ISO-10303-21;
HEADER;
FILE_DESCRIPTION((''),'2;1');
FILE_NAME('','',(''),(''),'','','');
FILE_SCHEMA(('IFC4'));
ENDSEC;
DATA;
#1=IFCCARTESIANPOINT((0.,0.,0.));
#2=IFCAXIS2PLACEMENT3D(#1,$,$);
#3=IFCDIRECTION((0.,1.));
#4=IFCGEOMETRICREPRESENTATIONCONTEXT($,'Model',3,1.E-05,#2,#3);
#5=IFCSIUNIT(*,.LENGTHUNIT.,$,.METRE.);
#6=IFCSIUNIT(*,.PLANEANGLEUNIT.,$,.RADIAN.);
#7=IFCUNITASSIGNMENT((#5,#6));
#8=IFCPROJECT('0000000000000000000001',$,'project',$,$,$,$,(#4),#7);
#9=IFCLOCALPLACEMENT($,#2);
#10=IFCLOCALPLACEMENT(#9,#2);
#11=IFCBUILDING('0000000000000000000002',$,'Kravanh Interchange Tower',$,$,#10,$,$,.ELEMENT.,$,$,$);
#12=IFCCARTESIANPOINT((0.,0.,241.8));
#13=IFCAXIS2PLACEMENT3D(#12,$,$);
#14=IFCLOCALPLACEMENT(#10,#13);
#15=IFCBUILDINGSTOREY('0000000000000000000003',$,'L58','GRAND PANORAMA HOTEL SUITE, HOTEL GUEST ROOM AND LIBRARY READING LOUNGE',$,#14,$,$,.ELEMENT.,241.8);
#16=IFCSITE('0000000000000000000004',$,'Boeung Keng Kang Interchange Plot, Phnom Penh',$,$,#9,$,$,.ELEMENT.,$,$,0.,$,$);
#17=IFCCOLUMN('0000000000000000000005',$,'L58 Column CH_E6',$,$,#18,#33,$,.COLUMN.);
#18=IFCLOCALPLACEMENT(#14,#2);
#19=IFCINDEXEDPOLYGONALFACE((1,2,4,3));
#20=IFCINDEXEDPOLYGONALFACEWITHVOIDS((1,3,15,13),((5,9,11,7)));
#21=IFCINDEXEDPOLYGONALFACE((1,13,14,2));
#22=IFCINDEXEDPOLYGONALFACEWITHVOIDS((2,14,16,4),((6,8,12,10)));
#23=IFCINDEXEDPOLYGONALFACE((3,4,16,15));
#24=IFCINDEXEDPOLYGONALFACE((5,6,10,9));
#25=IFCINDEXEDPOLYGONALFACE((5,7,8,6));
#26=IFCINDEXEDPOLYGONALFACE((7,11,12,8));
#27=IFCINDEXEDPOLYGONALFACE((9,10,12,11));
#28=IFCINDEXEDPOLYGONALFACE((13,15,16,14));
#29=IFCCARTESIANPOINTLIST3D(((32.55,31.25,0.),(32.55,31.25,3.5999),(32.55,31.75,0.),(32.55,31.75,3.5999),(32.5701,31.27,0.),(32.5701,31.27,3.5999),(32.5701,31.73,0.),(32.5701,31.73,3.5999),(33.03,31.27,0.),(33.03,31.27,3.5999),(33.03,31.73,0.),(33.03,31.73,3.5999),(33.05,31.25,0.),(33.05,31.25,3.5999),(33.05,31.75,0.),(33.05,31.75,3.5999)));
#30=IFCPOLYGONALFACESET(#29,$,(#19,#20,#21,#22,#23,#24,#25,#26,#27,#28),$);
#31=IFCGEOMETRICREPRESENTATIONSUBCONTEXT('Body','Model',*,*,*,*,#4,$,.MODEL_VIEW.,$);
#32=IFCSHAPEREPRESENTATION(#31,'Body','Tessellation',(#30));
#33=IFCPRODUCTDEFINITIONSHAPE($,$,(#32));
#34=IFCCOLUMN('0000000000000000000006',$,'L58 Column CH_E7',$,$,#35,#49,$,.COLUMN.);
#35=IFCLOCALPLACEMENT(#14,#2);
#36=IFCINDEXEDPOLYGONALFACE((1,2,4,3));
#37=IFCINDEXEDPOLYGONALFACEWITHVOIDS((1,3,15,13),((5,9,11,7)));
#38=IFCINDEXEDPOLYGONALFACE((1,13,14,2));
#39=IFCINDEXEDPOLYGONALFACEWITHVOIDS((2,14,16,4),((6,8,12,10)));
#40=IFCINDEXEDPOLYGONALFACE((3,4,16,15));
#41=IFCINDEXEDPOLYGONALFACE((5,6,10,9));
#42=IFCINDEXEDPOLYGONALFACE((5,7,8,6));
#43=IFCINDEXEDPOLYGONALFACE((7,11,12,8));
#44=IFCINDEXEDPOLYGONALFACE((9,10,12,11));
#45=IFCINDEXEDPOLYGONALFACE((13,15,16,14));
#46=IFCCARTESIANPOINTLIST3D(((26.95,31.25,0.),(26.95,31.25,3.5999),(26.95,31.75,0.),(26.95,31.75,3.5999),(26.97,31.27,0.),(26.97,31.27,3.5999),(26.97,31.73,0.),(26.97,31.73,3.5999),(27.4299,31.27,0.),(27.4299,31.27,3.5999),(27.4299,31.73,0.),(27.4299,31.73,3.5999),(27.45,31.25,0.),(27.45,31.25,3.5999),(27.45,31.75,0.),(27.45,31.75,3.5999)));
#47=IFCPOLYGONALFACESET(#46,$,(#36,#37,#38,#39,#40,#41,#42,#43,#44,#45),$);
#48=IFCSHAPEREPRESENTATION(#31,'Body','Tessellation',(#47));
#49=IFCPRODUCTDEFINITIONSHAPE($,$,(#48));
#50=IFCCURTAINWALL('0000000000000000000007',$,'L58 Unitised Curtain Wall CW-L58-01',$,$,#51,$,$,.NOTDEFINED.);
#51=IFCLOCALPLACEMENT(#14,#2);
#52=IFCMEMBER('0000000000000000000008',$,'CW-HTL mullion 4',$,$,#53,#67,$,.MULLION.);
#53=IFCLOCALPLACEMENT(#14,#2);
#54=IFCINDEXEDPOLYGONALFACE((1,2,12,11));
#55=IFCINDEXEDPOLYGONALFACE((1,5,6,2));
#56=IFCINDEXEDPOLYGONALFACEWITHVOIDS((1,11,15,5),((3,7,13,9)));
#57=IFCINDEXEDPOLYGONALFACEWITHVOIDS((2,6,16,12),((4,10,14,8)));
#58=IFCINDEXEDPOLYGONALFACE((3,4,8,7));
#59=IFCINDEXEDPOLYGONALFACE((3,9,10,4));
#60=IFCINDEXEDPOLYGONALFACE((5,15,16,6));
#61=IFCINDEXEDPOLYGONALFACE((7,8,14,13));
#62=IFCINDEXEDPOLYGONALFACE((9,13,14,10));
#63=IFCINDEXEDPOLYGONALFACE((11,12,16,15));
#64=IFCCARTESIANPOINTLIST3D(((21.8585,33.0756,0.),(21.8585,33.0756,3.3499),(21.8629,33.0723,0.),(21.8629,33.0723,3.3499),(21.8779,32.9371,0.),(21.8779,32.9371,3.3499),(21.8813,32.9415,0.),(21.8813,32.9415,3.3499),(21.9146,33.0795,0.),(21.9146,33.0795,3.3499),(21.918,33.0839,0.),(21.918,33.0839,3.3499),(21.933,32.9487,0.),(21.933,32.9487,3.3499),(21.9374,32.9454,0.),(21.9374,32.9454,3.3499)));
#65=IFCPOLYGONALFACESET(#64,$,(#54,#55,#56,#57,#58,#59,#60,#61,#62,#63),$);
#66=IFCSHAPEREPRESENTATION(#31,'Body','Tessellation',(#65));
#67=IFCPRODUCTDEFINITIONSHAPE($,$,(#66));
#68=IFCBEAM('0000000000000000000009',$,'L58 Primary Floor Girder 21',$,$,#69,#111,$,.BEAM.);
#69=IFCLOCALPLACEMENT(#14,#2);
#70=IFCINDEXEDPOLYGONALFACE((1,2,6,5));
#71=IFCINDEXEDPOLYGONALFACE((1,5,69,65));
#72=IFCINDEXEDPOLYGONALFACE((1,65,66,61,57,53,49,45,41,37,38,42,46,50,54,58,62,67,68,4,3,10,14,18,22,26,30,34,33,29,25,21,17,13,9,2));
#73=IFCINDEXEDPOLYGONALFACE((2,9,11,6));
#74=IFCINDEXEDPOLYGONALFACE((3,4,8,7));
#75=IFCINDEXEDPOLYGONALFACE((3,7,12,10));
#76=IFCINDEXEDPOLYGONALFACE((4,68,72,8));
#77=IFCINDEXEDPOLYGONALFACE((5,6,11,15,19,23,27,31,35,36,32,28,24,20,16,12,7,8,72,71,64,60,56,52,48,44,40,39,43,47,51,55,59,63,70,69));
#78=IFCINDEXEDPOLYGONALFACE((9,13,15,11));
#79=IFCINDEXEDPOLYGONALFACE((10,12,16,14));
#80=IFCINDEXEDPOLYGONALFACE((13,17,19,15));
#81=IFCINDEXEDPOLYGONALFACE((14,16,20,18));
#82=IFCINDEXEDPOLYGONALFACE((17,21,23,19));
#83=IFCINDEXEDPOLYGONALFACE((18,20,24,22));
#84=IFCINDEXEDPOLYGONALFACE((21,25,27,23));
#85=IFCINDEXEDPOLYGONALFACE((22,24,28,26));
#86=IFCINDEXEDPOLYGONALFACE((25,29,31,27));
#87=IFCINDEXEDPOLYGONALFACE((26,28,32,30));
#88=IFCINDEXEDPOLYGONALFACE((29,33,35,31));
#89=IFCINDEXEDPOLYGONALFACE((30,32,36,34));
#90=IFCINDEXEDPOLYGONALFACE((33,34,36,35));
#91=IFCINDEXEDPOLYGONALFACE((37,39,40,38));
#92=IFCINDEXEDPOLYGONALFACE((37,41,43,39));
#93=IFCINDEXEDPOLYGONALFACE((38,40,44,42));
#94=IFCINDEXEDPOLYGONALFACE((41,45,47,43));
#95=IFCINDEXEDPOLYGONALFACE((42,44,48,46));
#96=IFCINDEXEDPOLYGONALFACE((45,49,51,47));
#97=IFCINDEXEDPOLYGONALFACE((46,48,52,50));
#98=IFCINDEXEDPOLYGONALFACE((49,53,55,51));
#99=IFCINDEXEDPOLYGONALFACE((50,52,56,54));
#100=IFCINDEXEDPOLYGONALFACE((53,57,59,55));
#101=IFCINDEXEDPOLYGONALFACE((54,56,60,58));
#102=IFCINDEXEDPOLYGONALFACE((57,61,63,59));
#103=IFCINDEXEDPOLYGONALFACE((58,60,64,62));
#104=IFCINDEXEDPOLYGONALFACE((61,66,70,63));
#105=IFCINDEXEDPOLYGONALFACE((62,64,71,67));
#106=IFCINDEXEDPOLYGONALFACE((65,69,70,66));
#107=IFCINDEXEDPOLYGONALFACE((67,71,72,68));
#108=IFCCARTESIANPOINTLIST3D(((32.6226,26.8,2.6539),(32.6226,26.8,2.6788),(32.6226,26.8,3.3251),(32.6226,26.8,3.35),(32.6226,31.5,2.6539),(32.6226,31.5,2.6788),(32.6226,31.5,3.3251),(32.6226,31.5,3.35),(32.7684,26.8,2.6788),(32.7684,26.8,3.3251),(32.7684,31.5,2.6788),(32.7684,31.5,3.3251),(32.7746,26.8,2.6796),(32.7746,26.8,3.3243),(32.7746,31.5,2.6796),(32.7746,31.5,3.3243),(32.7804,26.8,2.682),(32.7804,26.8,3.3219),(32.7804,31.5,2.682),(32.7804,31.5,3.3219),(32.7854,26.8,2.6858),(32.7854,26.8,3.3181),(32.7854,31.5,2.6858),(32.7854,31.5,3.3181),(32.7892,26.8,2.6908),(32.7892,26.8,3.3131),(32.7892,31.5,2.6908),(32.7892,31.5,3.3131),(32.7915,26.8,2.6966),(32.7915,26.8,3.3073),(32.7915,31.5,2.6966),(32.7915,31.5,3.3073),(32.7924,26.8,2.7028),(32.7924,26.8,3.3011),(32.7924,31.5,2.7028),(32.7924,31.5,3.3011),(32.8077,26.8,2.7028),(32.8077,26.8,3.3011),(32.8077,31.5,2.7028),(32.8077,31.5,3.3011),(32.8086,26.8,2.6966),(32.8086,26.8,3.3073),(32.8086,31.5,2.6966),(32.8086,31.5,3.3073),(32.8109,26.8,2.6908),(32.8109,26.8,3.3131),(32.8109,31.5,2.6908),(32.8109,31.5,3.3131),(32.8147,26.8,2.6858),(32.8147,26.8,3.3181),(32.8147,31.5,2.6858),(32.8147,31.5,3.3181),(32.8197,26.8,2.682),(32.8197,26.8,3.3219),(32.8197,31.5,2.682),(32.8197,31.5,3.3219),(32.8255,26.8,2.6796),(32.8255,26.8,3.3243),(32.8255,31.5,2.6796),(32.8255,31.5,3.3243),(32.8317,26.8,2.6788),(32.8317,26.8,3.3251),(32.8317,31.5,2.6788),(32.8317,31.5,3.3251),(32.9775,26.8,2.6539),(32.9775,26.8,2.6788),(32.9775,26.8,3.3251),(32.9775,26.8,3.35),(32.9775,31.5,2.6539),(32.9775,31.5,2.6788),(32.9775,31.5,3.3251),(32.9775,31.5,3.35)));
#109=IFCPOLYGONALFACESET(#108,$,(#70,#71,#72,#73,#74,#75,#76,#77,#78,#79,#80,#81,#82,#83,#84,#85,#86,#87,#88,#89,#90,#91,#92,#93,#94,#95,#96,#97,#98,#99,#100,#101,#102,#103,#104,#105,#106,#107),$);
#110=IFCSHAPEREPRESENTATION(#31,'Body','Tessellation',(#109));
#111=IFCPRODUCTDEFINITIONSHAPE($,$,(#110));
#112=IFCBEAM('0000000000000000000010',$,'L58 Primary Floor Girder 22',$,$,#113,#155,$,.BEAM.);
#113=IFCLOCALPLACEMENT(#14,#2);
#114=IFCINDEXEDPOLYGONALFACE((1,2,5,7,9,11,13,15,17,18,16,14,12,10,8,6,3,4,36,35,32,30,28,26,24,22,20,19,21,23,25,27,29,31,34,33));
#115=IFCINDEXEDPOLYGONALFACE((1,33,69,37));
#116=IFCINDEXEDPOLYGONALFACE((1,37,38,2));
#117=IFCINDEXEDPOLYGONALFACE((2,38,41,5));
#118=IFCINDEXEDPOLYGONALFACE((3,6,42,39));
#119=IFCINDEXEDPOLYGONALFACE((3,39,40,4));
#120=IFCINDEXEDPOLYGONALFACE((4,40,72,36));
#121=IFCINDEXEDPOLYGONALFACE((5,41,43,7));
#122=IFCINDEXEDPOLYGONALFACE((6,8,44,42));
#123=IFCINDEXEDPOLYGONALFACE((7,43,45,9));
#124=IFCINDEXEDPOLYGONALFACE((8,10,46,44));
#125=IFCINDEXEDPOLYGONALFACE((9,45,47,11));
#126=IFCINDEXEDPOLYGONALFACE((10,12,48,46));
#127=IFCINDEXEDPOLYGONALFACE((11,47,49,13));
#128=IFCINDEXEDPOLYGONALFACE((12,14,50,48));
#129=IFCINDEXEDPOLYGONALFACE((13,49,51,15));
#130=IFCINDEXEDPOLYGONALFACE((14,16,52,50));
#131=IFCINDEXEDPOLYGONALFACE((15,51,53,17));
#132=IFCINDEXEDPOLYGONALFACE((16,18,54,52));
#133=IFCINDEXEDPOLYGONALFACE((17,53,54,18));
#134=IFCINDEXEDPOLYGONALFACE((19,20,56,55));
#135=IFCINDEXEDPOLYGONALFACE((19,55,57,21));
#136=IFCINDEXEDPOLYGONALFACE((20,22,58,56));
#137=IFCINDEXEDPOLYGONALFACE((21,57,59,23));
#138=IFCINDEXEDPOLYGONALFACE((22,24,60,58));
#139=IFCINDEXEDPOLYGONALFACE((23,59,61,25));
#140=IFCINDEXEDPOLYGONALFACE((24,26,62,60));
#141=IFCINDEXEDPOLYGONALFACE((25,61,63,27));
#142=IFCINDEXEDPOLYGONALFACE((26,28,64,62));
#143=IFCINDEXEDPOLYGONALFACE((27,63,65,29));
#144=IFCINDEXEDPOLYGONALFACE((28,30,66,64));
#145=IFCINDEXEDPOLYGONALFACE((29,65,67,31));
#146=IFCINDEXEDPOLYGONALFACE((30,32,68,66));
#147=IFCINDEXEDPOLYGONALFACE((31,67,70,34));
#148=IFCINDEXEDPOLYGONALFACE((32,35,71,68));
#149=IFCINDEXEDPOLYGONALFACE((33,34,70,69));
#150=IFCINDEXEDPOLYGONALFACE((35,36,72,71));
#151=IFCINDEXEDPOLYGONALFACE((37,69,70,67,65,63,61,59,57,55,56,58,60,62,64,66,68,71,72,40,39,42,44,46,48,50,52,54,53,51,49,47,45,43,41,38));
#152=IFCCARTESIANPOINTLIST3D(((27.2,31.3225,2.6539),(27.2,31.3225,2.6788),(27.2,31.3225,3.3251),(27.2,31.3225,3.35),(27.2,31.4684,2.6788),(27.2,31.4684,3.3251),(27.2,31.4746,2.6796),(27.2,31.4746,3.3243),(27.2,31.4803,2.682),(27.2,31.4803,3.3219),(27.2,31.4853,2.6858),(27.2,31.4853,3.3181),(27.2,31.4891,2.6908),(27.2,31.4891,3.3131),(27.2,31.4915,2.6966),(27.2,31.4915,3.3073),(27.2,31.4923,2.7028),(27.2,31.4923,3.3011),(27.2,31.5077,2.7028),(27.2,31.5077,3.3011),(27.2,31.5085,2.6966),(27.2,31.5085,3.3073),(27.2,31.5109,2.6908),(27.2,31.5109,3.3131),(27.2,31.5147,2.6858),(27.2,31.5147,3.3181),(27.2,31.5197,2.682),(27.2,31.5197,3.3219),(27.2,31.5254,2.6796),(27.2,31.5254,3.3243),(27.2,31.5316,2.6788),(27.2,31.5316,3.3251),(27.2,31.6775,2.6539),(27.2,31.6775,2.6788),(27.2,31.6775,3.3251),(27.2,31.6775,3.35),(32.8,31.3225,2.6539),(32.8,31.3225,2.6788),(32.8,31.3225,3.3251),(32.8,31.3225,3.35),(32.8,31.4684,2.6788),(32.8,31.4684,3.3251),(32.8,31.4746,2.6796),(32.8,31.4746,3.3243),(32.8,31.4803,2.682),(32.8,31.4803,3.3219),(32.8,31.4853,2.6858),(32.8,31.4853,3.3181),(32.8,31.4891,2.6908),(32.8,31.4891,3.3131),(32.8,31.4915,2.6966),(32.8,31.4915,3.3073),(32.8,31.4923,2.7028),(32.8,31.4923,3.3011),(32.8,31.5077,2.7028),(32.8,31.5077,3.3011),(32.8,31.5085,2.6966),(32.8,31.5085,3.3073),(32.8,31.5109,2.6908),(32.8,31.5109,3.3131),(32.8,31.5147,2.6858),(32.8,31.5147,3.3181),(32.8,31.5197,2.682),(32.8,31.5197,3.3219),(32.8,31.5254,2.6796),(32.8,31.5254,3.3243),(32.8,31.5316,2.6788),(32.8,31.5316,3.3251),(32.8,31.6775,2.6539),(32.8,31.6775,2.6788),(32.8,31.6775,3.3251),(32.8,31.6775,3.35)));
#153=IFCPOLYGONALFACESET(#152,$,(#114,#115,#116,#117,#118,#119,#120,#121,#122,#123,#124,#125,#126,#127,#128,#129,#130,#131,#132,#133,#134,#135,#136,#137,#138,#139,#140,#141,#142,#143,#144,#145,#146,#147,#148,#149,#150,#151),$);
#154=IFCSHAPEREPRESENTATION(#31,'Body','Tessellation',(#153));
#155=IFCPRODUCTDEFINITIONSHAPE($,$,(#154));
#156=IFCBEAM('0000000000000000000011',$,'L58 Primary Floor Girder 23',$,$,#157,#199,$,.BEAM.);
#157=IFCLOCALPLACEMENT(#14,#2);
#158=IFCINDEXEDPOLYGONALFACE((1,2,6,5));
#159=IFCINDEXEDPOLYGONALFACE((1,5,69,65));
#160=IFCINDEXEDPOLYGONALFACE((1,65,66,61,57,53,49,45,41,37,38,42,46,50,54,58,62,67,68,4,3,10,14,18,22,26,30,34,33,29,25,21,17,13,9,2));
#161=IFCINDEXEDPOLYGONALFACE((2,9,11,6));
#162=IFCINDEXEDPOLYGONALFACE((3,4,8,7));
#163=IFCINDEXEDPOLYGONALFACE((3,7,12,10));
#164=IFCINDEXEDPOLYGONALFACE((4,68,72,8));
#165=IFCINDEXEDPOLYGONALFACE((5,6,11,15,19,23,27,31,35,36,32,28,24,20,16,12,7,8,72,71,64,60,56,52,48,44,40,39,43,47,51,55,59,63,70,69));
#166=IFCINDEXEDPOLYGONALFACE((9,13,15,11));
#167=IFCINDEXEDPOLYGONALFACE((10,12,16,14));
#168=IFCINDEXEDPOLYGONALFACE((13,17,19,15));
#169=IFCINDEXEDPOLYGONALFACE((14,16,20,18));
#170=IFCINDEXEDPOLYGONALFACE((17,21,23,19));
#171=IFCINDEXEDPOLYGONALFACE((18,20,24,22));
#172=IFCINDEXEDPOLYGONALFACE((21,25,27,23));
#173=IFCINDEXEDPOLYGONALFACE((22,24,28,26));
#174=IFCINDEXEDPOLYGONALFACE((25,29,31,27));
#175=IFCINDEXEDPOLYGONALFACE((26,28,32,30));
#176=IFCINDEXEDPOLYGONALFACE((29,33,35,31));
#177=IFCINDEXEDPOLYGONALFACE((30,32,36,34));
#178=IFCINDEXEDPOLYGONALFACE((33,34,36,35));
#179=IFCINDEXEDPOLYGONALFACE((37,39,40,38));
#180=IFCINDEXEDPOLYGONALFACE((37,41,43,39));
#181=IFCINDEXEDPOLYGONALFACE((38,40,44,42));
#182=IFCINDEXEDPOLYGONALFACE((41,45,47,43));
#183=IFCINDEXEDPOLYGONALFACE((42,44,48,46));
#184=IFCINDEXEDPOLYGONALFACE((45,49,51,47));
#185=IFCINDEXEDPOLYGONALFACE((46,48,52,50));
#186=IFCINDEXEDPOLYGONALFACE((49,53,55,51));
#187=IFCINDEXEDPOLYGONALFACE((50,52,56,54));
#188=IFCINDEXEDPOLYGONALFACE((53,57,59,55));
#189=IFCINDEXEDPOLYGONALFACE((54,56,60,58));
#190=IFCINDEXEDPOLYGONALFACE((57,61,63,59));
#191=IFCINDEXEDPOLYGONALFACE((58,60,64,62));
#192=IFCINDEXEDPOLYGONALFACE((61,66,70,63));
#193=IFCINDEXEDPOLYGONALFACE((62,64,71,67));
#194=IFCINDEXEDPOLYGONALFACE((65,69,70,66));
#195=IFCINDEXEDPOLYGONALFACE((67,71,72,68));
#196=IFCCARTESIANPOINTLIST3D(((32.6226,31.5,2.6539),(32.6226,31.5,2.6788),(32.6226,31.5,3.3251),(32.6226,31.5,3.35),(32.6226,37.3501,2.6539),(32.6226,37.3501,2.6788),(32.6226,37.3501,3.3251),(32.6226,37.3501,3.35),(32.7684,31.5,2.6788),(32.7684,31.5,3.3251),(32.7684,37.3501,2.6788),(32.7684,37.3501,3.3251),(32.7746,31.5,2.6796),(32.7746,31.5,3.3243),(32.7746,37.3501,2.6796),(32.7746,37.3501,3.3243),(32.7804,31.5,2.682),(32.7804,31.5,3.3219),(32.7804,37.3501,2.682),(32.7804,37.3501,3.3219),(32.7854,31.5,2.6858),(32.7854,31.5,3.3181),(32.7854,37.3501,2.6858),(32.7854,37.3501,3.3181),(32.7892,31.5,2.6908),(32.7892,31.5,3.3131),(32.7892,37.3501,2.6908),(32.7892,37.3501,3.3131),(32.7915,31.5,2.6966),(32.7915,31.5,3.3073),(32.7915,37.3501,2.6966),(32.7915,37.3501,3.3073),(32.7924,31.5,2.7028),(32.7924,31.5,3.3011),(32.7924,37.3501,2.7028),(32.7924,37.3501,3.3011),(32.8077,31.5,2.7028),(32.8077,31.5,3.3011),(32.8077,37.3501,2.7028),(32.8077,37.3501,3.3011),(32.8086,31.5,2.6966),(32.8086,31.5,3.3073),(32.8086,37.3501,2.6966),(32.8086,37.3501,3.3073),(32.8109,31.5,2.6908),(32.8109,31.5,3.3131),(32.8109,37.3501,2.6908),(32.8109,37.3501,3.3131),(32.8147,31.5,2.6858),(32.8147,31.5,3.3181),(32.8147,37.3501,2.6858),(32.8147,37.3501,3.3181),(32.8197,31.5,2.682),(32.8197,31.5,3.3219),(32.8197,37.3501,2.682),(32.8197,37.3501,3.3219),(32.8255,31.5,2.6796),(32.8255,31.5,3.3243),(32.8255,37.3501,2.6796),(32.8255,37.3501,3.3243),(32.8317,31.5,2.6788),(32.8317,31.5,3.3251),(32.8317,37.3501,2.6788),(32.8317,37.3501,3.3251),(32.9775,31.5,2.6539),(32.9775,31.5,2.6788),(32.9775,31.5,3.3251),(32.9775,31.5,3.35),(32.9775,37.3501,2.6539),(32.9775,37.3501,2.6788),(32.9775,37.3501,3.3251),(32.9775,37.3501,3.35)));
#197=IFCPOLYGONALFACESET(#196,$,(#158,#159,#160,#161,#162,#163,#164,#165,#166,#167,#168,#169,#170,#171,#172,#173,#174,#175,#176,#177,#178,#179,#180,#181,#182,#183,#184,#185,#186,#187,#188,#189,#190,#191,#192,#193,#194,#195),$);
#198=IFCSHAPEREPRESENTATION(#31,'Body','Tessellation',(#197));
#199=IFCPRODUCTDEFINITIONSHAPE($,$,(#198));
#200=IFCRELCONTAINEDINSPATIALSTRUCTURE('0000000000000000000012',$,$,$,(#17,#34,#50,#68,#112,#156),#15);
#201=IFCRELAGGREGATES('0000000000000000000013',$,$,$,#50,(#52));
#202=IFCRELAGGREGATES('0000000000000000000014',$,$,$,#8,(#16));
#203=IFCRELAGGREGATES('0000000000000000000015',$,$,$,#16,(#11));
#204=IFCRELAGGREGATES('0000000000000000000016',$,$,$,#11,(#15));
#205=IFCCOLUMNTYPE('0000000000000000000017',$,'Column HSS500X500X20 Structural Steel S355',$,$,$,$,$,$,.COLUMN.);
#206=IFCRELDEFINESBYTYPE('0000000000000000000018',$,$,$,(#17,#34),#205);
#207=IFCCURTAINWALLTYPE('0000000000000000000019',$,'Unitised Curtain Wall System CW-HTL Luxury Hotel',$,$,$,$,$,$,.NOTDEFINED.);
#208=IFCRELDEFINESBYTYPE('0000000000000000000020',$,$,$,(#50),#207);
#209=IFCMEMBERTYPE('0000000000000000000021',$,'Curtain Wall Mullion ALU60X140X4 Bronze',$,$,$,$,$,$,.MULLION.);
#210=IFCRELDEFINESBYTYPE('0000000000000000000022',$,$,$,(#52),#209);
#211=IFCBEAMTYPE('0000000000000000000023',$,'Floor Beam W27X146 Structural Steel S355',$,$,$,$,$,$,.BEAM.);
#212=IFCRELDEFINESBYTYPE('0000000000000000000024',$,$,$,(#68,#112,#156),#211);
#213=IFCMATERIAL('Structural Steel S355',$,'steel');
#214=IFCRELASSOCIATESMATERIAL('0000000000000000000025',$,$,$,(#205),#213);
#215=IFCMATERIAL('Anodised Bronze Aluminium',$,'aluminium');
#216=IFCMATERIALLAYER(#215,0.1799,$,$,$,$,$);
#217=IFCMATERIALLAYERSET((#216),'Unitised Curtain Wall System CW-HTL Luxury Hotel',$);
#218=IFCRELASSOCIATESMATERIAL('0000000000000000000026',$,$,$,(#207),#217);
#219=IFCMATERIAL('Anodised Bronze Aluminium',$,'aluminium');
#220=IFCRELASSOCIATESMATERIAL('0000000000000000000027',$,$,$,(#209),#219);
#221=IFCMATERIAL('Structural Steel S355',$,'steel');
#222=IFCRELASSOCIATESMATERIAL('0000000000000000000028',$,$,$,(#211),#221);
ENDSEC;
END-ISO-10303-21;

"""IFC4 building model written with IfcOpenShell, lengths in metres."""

from ifc_helpers import new_model, si_unit, direction, frame, origin, origin_2d, place, context, subcontext, project, spatial, hollow_rectangle, i_section, extrude, material, layer, layer_set, material_profile, profile_set, type_object, element, aggregate, save


model = new_model("IFC4")

# Units and contexts
model_context = context("Model", 3, precision=1e-05, world=origin(), true_north=direction((0.0, 1.0)))
body_context = subcontext(model_context, "Body", "Model", "MODEL_VIEW")
ifc_project = project(units=[si_unit("LENGTHUNIT", "METRE"), si_unit("PLANEANGLEUNIT", "RADIAN")], contexts=[model_context])

# Site, building, storey
site_placement = place(None, origin())
site = spatial("IfcSite", under=ifc_project, at=site_placement, Name="Boeung Keng Kang Interchange Plot, Phnom Penh", CompositionType="ELEMENT", RefElevation=0.0)
building_placement = place(site_placement, origin())
building = spatial("IfcBuilding", under=site, at=building_placement, Name="Kravanh Interchange Tower", CompositionType="ELEMENT")
storey_placement = place(building_placement, frame((0.0, 0.0, 241.8)))
storey = spatial("IfcBuildingStorey", under=building, at=storey_placement, Name="L58", Description="GRAND PANORAMA HOTEL SUITE, HOTEL GUEST ROOM AND LIBRARY READING LOUNGE", CompositionType="ELEMENT", Elevation=241.8)

# Columns
ifc_material_1 = material(Name="Structural Steel S355", Category="steel")
ifc_material_profile_1 = material_profile(ifc_material_1, hollow_rectangle(XDim=0.5, YDim=0.5, WallThickness=0.02, at=origin_2d()), Name="HSS500X500X20")
ifc_profile_set_1 = profile_set([ifc_material_profile_1], Name="Structural Steel S355")
column_type = type_object("IfcColumnType", Name="Column HSS500X500X20 Structural Steel S355", PredefinedType="COLUMN", material=ifc_profile_set_1)
for number, where, z_axis, x_axis, name in (
    (1, (32.8, 31.5, 0.0), (0.0, 0.0, 1.0), (1.0, 0.0, 0.0), "L58 Column CH_E6"),
    (2, (27.2, 31.5, 0.0), (0.0, 0.0, 1.0), (1.0, 0.0, 0.0), "L58 Column CH_E7"),
):
    element("IfcColumn", number, at=place(storey_placement, frame(where, z_axis=z_axis, x_axis=x_axis)), inside=storey, type_object=column_type, Name=name, PredefinedType="COLUMN", context=body_context, shape_type="SweptSolid", body=[
        extrude(hollow_rectangle(XDim=0.5, YDim=0.5, WallThickness=0.02, at=origin_2d()), origin(), (0.0, 0.0, 1.0), 3.5999),
    ])

# Curtain wall, member
ifc_material_2 = material(Name="Anodised Bronze Aluminium", Category="aluminium")
ifc_layer_1 = layer(ifc_material_2, 0.1799)
ifc_layer_set_1 = layer_set([ifc_layer_1], Name="Unitised Curtain Wall System CW-HTL Luxury Hotel")
curtain_wall_type = type_object("IfcCurtainWallType", Name="Unitised Curtain Wall System CW-HTL Luxury Hotel", PredefinedType="NOTDEFINED", material=ifc_layer_set_1)
curtain_wall_placement = place(storey_placement, origin())
curtain_wall = element("IfcCurtainWall", 3, at=curtain_wall_placement, inside=storey, type_object=curtain_wall_type, Name="L58 Unitised Curtain Wall CW-L58-01", PredefinedType="NOTDEFINED")
ifc_material_3 = material(Name="Anodised Bronze Aluminium", Category="aluminium")
ifc_material_profile_2 = material_profile(ifc_material_3, hollow_rectangle(XDim=0.0601, YDim=0.1399, WallThickness=0.0039, at=origin_2d()), Name="ALU60X140X4")
ifc_profile_set_2 = profile_set([ifc_material_profile_2], Name="Anodised Bronze Aluminium")
member_type = type_object("IfcMemberType", Name="Curtain Wall Mullion ALU60X140X4 Bronze", PredefinedType="MULLION", material=ifc_profile_set_2)
member_placement = place(storey_placement, frame((21.8979, 33.0105, 0.0), z_axis=(0.0, 0.0, 1.0), x_axis=(-0.990268, -0.139176, 0.0)))
member = element("IfcMember", 4, at=member_placement, type_object=member_type, Name="CW-HTL mullion 4", PredefinedType="MULLION", context=body_context, shape_type="SweptSolid", body=[
    extrude(hollow_rectangle(XDim=0.0601, YDim=0.1399, WallThickness=0.0039, at=origin_2d()), origin(), (0.0, 0.0, 1.0), 3.3499),
])

# Beams
ifc_material_4 = material(Name="Structural Steel S355", Category="steel")
ifc_material_profile_3 = material_profile(ifc_material_4, i_section(OverallWidth=0.355, OverallDepth=0.696, WebThickness=0.0154, FlangeThickness=0.0249, FilletRadius=0.0239, at=origin_2d()), Name="W27X146")
ifc_profile_set_3 = profile_set([ifc_material_profile_3], Name="Structural Steel S355")
beam_type_1 = type_object("IfcBeamType", Name="Floor Beam W27X146 Structural Steel S355", PredefinedType="BEAM", material=ifc_profile_set_3)
beam_1_placement = place(storey_placement, frame((32.8, 31.5, 3.002), z_axis=(0.0, -1.0, 0.0), x_axis=(1.0, 0.0, 0.0)))
element("IfcBeam", 5, at=beam_1_placement, inside=storey, type_object=beam_type_1, Name="L58 Primary Floor Girder 21", PredefinedType="BEAM", context=body_context, shape_type="SweptSolid", body=[
    extrude(i_section(OverallWidth=0.355, OverallDepth=0.696, WebThickness=0.0154, FlangeThickness=0.0249, FilletRadius=0.0239, at=origin_2d()), origin(), (0.0, 0.0, 1.0), 4.7),
])
beam_2_placement = place(storey_placement, frame((32.8, 31.5, 3.002), z_axis=(-1.0, 0.0, 0.0), x_axis=(0.0, -1.0, 0.0)))
element("IfcBeam", 6, at=beam_2_placement, inside=storey, type_object=beam_type_1, Name="L58 Primary Floor Girder 22", PredefinedType="BEAM", context=body_context, shape_type="SweptSolid", body=[
    extrude(i_section(OverallWidth=0.355, OverallDepth=0.696, WebThickness=0.0154, FlangeThickness=0.0249, FilletRadius=0.0239, at=origin_2d()), origin(), (0.0, 0.0, 1.0), 5.6001),
])
beam_3_placement = place(storey_placement, frame((32.8, 31.5, 3.002), z_axis=(0.0, 1.0, 0.0), x_axis=(-1.0, 0.0, 0.0)))
element("IfcBeam", 7, at=beam_3_placement, inside=storey, type_object=beam_type_1, Name="L58 Primary Floor Girder 23", PredefinedType="BEAM", context=body_context, shape_type="SweptSolid", body=[
    extrude(i_section(OverallWidth=0.355, OverallDepth=0.696, WebThickness=0.0154, FlangeThickness=0.0249, FilletRadius=0.0239, at=origin_2d()), origin(), (0.0, 0.0, 1.0), 5.8501),
])

aggregate(curtain_wall, [member])

save(model, "model.ifc")
